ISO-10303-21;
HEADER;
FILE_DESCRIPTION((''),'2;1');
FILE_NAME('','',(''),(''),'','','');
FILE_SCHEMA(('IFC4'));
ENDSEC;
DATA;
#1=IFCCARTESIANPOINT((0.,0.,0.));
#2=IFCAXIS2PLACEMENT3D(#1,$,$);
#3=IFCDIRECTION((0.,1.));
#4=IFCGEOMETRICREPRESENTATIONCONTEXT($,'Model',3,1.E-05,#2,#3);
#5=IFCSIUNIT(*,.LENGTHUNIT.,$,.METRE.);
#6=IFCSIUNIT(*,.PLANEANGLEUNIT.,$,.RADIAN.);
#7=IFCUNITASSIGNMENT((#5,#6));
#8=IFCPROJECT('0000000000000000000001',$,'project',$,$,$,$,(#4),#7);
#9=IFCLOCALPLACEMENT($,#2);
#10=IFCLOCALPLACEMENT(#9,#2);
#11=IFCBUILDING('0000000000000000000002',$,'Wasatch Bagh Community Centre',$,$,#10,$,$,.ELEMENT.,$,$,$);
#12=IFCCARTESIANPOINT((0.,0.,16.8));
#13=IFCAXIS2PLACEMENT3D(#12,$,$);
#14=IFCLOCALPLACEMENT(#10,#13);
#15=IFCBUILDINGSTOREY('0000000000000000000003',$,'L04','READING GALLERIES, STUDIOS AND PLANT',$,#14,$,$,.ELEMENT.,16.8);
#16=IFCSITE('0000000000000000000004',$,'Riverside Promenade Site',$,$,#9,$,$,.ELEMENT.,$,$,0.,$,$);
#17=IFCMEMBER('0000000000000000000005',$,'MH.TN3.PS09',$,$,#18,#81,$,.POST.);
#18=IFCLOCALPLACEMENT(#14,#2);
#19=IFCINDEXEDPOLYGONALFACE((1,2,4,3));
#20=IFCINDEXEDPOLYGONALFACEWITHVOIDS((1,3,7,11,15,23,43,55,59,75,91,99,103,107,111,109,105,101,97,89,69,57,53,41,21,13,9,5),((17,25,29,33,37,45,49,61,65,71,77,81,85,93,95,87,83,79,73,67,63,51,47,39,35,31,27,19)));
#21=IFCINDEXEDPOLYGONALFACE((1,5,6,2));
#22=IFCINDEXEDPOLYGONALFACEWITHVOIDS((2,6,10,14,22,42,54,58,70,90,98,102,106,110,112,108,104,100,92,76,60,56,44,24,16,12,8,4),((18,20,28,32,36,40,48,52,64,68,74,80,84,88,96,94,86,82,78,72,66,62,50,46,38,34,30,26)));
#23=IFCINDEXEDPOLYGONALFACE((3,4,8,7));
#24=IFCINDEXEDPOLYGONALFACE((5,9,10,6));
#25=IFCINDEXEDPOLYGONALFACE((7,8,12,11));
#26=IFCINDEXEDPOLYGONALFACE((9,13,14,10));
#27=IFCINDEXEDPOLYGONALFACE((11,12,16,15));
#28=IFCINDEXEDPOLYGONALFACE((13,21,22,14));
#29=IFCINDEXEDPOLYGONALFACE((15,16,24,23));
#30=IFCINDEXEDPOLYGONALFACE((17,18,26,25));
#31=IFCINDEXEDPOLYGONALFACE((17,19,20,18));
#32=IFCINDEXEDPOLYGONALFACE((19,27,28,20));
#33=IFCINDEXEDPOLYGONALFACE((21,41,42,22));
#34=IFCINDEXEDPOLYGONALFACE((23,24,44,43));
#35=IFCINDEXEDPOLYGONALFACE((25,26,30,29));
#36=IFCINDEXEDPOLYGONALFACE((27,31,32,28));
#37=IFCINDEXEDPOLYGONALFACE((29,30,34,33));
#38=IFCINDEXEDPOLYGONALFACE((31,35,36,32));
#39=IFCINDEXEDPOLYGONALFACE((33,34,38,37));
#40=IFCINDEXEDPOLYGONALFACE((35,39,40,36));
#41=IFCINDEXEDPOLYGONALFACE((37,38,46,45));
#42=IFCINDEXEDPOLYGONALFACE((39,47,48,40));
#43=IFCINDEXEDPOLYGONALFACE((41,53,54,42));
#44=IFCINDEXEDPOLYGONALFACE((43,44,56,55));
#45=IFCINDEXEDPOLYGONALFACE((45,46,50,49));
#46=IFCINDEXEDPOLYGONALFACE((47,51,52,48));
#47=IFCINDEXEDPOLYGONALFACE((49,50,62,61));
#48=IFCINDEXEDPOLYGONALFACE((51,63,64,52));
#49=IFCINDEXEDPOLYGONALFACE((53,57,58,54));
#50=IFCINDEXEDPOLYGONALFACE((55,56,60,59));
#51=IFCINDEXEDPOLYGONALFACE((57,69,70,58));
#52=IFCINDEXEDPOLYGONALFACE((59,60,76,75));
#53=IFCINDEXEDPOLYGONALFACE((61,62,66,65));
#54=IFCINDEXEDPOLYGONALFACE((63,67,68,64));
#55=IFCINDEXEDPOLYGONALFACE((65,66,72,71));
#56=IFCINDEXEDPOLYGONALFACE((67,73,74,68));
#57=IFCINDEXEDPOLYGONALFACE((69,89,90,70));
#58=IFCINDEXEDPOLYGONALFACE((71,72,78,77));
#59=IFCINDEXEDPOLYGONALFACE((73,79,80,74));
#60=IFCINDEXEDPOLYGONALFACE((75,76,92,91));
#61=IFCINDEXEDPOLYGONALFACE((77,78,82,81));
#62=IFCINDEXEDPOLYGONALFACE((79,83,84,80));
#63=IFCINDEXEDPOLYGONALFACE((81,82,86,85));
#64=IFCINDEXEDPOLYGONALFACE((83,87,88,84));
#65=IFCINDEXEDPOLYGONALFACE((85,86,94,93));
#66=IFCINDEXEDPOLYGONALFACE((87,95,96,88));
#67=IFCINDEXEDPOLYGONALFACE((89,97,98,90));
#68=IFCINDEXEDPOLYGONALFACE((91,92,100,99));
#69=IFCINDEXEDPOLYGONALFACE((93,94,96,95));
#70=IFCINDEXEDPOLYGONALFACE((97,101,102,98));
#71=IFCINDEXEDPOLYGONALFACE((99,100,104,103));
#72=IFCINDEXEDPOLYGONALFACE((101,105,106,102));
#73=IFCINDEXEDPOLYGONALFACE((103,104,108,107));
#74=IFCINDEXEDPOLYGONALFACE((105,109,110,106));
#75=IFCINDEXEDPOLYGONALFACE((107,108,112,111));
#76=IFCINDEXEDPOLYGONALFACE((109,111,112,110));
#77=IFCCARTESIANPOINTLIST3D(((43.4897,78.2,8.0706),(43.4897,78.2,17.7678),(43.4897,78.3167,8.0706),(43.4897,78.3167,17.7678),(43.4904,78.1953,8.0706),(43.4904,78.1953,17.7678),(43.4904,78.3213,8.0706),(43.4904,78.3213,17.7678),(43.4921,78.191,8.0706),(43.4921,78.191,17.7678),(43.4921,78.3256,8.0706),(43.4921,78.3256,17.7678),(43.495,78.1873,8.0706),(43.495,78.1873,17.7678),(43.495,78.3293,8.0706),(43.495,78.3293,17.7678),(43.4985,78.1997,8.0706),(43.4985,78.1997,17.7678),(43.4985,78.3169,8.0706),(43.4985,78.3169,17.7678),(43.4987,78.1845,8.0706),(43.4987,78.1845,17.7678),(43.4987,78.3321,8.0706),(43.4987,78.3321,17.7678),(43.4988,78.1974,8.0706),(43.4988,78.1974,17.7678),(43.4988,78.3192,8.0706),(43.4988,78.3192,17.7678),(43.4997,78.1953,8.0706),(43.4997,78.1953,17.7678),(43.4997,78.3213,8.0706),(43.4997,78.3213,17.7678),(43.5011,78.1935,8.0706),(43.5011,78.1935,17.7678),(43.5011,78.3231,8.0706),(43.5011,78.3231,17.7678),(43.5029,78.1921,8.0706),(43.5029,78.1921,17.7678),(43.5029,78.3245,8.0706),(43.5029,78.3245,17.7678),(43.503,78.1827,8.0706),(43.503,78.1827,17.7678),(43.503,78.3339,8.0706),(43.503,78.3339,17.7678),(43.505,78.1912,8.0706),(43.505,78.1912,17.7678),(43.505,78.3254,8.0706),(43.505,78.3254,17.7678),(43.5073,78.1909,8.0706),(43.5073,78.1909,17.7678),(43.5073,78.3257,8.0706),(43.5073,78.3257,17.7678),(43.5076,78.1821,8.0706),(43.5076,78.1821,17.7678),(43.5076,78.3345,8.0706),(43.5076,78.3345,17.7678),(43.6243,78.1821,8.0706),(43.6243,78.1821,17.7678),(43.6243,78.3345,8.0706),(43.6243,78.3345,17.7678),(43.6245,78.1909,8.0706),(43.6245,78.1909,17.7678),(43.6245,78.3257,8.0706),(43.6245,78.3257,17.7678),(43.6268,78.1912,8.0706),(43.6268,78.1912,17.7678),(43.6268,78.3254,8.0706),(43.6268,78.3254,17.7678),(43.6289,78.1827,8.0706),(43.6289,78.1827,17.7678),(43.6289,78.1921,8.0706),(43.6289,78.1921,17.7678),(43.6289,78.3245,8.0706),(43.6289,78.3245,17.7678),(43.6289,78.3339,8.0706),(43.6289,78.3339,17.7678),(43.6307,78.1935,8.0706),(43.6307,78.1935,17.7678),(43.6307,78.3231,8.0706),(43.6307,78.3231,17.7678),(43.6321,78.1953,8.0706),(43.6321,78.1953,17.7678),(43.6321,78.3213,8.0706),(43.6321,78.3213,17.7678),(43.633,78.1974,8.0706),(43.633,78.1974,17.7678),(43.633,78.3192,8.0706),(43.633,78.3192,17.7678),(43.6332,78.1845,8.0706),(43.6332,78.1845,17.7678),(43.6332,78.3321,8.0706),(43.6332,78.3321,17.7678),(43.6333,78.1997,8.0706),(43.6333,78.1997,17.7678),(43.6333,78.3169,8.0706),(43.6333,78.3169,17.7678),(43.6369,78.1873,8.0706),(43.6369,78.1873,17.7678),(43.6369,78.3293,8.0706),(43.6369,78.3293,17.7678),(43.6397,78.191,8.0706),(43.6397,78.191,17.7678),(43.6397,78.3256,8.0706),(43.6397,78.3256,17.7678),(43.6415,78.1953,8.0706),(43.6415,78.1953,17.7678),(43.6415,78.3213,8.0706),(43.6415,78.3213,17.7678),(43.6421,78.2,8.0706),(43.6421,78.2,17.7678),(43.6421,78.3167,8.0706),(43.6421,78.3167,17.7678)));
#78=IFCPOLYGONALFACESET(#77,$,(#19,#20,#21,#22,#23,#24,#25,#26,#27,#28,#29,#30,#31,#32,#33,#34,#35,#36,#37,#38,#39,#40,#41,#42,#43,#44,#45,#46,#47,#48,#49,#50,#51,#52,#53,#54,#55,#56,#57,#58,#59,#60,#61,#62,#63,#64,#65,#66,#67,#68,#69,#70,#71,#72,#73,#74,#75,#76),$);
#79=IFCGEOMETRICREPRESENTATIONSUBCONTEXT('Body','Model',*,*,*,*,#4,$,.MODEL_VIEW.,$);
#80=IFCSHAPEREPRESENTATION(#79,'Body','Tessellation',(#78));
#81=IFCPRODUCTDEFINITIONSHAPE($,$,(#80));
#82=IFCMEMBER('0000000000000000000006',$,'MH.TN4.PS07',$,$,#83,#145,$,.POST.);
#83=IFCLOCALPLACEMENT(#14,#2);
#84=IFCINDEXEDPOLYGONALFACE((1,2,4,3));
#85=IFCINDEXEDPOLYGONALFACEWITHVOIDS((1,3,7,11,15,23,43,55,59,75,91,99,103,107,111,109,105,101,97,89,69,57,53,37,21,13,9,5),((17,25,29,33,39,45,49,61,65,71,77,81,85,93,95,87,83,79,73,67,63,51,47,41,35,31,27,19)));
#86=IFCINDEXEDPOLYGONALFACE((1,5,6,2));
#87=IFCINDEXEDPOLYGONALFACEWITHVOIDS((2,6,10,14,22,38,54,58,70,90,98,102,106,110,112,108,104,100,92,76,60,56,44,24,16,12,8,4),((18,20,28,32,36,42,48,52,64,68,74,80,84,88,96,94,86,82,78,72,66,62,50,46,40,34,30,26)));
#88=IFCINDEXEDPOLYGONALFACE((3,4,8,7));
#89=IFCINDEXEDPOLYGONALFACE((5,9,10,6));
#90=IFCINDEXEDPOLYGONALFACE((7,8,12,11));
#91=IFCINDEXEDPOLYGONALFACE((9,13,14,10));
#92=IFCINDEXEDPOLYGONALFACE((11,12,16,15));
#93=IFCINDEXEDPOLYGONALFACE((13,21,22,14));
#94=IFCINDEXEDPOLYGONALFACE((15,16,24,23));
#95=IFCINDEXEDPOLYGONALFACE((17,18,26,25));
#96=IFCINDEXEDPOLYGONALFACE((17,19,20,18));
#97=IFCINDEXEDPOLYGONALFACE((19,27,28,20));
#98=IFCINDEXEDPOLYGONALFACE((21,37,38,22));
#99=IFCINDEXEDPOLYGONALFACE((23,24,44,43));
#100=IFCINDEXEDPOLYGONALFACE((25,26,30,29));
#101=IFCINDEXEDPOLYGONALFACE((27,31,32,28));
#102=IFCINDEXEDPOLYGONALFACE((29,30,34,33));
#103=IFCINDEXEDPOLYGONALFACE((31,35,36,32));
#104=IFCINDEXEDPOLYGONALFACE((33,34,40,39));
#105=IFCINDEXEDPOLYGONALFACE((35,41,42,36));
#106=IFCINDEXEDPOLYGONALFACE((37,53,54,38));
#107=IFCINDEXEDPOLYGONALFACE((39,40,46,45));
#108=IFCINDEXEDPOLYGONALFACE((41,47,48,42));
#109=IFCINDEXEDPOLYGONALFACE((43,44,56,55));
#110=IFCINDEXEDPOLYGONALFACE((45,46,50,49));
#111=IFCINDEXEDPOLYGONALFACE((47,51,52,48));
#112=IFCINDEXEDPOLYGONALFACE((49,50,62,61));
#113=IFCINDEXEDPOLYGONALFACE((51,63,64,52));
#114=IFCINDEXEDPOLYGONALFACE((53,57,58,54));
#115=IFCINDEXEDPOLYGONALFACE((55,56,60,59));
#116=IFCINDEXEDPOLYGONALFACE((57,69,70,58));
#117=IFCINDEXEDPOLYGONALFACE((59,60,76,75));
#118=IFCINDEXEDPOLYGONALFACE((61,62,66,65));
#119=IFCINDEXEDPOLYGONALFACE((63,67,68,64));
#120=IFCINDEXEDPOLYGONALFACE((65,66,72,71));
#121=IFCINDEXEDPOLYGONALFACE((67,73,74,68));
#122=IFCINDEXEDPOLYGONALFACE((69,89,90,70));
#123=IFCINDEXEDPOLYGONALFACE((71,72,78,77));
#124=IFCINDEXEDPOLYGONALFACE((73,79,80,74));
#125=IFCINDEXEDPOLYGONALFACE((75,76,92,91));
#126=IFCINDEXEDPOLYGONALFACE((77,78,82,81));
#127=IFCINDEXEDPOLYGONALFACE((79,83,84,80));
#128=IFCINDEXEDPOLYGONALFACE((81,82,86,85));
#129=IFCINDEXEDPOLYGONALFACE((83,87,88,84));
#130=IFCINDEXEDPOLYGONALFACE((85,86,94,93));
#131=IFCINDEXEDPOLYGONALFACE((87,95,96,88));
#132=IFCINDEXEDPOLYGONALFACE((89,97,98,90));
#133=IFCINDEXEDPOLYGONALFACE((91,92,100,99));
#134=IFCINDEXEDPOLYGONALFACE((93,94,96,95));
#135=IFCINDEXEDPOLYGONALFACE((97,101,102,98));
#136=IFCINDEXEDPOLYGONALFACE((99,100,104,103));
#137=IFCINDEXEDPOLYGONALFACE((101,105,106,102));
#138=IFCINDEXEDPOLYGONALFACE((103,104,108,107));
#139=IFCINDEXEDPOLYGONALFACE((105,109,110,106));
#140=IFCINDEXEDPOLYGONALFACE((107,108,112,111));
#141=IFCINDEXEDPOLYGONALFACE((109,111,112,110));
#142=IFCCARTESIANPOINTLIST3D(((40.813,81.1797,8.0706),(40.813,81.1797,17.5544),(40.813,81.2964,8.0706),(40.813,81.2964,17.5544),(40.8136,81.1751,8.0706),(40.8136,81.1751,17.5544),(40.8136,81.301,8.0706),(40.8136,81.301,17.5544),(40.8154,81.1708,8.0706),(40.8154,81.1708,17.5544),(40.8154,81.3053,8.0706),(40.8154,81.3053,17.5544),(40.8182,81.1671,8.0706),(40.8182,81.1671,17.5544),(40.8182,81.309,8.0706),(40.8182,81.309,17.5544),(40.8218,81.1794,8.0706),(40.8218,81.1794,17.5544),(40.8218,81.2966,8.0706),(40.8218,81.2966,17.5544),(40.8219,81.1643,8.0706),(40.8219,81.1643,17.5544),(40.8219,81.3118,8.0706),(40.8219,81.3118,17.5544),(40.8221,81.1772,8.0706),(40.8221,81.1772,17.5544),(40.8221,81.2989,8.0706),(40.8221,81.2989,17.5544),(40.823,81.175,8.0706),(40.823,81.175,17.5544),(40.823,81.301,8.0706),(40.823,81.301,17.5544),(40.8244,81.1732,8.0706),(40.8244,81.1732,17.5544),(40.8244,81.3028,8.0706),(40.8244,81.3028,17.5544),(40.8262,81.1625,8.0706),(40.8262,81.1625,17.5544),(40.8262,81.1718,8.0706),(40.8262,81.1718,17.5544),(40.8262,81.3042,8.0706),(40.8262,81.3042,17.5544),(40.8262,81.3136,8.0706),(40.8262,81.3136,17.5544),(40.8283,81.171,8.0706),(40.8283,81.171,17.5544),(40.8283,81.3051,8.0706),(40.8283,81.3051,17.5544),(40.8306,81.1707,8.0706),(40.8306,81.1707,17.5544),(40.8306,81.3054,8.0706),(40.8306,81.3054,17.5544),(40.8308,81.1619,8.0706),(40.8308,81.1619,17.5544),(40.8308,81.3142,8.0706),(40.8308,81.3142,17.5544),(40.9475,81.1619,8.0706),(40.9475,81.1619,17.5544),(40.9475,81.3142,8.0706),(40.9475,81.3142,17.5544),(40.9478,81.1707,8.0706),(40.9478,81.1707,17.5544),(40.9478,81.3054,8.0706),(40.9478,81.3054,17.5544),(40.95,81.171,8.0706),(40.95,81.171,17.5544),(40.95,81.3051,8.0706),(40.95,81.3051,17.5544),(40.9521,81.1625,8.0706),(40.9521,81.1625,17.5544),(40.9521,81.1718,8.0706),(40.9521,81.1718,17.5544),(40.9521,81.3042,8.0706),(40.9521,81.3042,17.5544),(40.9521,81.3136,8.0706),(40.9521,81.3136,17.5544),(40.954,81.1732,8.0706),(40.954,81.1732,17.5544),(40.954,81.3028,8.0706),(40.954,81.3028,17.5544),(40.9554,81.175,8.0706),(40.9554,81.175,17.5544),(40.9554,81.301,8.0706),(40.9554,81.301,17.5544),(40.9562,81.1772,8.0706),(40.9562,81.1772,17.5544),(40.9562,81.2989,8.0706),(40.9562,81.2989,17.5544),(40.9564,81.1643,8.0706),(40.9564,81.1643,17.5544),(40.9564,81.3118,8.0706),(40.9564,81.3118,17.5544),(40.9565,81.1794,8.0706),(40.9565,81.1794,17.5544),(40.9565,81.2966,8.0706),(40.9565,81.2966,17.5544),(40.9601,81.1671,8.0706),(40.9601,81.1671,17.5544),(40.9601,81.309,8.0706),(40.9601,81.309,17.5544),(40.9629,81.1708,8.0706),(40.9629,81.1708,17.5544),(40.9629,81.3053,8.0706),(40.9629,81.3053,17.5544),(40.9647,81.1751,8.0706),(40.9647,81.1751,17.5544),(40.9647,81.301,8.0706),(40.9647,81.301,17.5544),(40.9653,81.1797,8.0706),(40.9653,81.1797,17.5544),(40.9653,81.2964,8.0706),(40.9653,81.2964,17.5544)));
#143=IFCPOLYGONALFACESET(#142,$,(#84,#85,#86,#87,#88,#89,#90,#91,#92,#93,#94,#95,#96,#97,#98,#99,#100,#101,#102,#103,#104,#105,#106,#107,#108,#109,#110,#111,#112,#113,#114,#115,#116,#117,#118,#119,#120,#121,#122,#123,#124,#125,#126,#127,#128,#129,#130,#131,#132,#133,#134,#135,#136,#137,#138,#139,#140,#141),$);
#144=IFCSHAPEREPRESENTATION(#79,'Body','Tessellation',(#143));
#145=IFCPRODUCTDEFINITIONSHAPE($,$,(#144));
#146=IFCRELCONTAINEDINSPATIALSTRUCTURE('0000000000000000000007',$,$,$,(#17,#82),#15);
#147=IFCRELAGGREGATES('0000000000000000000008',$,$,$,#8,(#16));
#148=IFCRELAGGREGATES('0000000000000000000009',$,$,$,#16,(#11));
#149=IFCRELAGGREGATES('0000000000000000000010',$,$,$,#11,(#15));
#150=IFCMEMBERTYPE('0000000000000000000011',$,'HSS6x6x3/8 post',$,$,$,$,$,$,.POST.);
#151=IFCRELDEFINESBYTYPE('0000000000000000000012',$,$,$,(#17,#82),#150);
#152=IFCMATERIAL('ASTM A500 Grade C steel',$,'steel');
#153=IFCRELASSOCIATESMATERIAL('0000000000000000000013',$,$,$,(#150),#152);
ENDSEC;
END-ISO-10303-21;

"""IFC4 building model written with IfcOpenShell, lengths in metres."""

from ifc_helpers import new_model, si_unit, direction, frame, origin, origin_2d, place, context, subcontext, project, spatial, hollow_rectangle, extrude, material, material_profile, profile_set, type_object, element, save


model = new_model("IFC4")

# Units and contexts
model_context = context("Model", 3, precision=1e-05, world=origin(), true_north=direction((0.0, 1.0)))
body_context = subcontext(model_context, "Body", "Model", "MODEL_VIEW")
ifc_project = project(units=[si_unit("LENGTHUNIT", "METRE"), si_unit("PLANEANGLEUNIT", "RADIAN")], contexts=[model_context])

# Site, building, storey
site_placement = place(None, origin())
site = spatial("IfcSite", under=ifc_project, at=site_placement, Name="Riverside Promenade Site", CompositionType="ELEMENT", RefElevation=0.0)
building_placement = place(site_placement, origin())
building = spatial("IfcBuilding", under=site, at=building_placement, Name="Wasatch Bagh Community Centre", CompositionType="ELEMENT")
storey_placement = place(building_placement, frame((0.0, 0.0, 16.8)))
storey = spatial("IfcBuildingStorey", under=building, at=storey_placement, Name="L04", Description="READING GALLERIES, STUDIOS AND PLANT", CompositionType="ELEMENT", Elevation=16.8)

# Members
ifc_material_1 = material(Name="ASTM A500 Grade C steel", Category="steel")
ifc_material_profile_1 = material_profile(ifc_material_1, hollow_rectangle(XDim=0.1523, YDim=0.1523, WallThickness=0.0088, InnerFilletRadius=0.0088, OuterFilletRadius=0.0178, at=origin_2d()), Name="HSS6x6x3/8")
ifc_profile_set_1 = profile_set([ifc_material_profile_1], Name="ASTM A500 Grade C steel")
member_type_1 = type_object("IfcMemberType", Name="HSS6x6x3/8 post", PredefinedType="POST", material=ifc_profile_set_1)
member_1_placement = place(storey_placement, frame((43.5659, 78.2583, 8.0706), z_axis=(0.0, 0.0, 1.0), x_axis=(1.0, 0.0, 0.0)))
element("IfcMember", 1, at=member_1_placement, inside=storey, type_object=member_type_1, Name="MH.TN3.PS09", PredefinedType="POST", context=body_context, shape_type="SweptSolid", body=[
    extrude(hollow_rectangle(XDim=0.1523, YDim=0.1523, WallThickness=0.0088, InnerFilletRadius=0.0088, OuterFilletRadius=0.0178, at=origin_2d()), origin(), (0.0, 0.0, 1.0), 9.6973),
])
member_2_placement = place(storey_placement, frame((40.8892, 81.238, 8.0706), z_axis=(0.0, 0.0, 1.0), x_axis=(1.0, 0.0, 0.0)))
element("IfcMember", 2, at=member_2_placement, inside=storey, type_object=member_type_1, Name="MH.TN4.PS07", PredefinedType="POST", context=body_context, shape_type="SweptSolid", body=[
    extrude(hollow_rectangle(XDim=0.1523, YDim=0.1523, WallThickness=0.0088, InnerFilletRadius=0.0088, OuterFilletRadius=0.0178, at=origin_2d()), origin(), (0.0, 0.0, 1.0), 9.4839),
])

save(model, "model.ifc")
